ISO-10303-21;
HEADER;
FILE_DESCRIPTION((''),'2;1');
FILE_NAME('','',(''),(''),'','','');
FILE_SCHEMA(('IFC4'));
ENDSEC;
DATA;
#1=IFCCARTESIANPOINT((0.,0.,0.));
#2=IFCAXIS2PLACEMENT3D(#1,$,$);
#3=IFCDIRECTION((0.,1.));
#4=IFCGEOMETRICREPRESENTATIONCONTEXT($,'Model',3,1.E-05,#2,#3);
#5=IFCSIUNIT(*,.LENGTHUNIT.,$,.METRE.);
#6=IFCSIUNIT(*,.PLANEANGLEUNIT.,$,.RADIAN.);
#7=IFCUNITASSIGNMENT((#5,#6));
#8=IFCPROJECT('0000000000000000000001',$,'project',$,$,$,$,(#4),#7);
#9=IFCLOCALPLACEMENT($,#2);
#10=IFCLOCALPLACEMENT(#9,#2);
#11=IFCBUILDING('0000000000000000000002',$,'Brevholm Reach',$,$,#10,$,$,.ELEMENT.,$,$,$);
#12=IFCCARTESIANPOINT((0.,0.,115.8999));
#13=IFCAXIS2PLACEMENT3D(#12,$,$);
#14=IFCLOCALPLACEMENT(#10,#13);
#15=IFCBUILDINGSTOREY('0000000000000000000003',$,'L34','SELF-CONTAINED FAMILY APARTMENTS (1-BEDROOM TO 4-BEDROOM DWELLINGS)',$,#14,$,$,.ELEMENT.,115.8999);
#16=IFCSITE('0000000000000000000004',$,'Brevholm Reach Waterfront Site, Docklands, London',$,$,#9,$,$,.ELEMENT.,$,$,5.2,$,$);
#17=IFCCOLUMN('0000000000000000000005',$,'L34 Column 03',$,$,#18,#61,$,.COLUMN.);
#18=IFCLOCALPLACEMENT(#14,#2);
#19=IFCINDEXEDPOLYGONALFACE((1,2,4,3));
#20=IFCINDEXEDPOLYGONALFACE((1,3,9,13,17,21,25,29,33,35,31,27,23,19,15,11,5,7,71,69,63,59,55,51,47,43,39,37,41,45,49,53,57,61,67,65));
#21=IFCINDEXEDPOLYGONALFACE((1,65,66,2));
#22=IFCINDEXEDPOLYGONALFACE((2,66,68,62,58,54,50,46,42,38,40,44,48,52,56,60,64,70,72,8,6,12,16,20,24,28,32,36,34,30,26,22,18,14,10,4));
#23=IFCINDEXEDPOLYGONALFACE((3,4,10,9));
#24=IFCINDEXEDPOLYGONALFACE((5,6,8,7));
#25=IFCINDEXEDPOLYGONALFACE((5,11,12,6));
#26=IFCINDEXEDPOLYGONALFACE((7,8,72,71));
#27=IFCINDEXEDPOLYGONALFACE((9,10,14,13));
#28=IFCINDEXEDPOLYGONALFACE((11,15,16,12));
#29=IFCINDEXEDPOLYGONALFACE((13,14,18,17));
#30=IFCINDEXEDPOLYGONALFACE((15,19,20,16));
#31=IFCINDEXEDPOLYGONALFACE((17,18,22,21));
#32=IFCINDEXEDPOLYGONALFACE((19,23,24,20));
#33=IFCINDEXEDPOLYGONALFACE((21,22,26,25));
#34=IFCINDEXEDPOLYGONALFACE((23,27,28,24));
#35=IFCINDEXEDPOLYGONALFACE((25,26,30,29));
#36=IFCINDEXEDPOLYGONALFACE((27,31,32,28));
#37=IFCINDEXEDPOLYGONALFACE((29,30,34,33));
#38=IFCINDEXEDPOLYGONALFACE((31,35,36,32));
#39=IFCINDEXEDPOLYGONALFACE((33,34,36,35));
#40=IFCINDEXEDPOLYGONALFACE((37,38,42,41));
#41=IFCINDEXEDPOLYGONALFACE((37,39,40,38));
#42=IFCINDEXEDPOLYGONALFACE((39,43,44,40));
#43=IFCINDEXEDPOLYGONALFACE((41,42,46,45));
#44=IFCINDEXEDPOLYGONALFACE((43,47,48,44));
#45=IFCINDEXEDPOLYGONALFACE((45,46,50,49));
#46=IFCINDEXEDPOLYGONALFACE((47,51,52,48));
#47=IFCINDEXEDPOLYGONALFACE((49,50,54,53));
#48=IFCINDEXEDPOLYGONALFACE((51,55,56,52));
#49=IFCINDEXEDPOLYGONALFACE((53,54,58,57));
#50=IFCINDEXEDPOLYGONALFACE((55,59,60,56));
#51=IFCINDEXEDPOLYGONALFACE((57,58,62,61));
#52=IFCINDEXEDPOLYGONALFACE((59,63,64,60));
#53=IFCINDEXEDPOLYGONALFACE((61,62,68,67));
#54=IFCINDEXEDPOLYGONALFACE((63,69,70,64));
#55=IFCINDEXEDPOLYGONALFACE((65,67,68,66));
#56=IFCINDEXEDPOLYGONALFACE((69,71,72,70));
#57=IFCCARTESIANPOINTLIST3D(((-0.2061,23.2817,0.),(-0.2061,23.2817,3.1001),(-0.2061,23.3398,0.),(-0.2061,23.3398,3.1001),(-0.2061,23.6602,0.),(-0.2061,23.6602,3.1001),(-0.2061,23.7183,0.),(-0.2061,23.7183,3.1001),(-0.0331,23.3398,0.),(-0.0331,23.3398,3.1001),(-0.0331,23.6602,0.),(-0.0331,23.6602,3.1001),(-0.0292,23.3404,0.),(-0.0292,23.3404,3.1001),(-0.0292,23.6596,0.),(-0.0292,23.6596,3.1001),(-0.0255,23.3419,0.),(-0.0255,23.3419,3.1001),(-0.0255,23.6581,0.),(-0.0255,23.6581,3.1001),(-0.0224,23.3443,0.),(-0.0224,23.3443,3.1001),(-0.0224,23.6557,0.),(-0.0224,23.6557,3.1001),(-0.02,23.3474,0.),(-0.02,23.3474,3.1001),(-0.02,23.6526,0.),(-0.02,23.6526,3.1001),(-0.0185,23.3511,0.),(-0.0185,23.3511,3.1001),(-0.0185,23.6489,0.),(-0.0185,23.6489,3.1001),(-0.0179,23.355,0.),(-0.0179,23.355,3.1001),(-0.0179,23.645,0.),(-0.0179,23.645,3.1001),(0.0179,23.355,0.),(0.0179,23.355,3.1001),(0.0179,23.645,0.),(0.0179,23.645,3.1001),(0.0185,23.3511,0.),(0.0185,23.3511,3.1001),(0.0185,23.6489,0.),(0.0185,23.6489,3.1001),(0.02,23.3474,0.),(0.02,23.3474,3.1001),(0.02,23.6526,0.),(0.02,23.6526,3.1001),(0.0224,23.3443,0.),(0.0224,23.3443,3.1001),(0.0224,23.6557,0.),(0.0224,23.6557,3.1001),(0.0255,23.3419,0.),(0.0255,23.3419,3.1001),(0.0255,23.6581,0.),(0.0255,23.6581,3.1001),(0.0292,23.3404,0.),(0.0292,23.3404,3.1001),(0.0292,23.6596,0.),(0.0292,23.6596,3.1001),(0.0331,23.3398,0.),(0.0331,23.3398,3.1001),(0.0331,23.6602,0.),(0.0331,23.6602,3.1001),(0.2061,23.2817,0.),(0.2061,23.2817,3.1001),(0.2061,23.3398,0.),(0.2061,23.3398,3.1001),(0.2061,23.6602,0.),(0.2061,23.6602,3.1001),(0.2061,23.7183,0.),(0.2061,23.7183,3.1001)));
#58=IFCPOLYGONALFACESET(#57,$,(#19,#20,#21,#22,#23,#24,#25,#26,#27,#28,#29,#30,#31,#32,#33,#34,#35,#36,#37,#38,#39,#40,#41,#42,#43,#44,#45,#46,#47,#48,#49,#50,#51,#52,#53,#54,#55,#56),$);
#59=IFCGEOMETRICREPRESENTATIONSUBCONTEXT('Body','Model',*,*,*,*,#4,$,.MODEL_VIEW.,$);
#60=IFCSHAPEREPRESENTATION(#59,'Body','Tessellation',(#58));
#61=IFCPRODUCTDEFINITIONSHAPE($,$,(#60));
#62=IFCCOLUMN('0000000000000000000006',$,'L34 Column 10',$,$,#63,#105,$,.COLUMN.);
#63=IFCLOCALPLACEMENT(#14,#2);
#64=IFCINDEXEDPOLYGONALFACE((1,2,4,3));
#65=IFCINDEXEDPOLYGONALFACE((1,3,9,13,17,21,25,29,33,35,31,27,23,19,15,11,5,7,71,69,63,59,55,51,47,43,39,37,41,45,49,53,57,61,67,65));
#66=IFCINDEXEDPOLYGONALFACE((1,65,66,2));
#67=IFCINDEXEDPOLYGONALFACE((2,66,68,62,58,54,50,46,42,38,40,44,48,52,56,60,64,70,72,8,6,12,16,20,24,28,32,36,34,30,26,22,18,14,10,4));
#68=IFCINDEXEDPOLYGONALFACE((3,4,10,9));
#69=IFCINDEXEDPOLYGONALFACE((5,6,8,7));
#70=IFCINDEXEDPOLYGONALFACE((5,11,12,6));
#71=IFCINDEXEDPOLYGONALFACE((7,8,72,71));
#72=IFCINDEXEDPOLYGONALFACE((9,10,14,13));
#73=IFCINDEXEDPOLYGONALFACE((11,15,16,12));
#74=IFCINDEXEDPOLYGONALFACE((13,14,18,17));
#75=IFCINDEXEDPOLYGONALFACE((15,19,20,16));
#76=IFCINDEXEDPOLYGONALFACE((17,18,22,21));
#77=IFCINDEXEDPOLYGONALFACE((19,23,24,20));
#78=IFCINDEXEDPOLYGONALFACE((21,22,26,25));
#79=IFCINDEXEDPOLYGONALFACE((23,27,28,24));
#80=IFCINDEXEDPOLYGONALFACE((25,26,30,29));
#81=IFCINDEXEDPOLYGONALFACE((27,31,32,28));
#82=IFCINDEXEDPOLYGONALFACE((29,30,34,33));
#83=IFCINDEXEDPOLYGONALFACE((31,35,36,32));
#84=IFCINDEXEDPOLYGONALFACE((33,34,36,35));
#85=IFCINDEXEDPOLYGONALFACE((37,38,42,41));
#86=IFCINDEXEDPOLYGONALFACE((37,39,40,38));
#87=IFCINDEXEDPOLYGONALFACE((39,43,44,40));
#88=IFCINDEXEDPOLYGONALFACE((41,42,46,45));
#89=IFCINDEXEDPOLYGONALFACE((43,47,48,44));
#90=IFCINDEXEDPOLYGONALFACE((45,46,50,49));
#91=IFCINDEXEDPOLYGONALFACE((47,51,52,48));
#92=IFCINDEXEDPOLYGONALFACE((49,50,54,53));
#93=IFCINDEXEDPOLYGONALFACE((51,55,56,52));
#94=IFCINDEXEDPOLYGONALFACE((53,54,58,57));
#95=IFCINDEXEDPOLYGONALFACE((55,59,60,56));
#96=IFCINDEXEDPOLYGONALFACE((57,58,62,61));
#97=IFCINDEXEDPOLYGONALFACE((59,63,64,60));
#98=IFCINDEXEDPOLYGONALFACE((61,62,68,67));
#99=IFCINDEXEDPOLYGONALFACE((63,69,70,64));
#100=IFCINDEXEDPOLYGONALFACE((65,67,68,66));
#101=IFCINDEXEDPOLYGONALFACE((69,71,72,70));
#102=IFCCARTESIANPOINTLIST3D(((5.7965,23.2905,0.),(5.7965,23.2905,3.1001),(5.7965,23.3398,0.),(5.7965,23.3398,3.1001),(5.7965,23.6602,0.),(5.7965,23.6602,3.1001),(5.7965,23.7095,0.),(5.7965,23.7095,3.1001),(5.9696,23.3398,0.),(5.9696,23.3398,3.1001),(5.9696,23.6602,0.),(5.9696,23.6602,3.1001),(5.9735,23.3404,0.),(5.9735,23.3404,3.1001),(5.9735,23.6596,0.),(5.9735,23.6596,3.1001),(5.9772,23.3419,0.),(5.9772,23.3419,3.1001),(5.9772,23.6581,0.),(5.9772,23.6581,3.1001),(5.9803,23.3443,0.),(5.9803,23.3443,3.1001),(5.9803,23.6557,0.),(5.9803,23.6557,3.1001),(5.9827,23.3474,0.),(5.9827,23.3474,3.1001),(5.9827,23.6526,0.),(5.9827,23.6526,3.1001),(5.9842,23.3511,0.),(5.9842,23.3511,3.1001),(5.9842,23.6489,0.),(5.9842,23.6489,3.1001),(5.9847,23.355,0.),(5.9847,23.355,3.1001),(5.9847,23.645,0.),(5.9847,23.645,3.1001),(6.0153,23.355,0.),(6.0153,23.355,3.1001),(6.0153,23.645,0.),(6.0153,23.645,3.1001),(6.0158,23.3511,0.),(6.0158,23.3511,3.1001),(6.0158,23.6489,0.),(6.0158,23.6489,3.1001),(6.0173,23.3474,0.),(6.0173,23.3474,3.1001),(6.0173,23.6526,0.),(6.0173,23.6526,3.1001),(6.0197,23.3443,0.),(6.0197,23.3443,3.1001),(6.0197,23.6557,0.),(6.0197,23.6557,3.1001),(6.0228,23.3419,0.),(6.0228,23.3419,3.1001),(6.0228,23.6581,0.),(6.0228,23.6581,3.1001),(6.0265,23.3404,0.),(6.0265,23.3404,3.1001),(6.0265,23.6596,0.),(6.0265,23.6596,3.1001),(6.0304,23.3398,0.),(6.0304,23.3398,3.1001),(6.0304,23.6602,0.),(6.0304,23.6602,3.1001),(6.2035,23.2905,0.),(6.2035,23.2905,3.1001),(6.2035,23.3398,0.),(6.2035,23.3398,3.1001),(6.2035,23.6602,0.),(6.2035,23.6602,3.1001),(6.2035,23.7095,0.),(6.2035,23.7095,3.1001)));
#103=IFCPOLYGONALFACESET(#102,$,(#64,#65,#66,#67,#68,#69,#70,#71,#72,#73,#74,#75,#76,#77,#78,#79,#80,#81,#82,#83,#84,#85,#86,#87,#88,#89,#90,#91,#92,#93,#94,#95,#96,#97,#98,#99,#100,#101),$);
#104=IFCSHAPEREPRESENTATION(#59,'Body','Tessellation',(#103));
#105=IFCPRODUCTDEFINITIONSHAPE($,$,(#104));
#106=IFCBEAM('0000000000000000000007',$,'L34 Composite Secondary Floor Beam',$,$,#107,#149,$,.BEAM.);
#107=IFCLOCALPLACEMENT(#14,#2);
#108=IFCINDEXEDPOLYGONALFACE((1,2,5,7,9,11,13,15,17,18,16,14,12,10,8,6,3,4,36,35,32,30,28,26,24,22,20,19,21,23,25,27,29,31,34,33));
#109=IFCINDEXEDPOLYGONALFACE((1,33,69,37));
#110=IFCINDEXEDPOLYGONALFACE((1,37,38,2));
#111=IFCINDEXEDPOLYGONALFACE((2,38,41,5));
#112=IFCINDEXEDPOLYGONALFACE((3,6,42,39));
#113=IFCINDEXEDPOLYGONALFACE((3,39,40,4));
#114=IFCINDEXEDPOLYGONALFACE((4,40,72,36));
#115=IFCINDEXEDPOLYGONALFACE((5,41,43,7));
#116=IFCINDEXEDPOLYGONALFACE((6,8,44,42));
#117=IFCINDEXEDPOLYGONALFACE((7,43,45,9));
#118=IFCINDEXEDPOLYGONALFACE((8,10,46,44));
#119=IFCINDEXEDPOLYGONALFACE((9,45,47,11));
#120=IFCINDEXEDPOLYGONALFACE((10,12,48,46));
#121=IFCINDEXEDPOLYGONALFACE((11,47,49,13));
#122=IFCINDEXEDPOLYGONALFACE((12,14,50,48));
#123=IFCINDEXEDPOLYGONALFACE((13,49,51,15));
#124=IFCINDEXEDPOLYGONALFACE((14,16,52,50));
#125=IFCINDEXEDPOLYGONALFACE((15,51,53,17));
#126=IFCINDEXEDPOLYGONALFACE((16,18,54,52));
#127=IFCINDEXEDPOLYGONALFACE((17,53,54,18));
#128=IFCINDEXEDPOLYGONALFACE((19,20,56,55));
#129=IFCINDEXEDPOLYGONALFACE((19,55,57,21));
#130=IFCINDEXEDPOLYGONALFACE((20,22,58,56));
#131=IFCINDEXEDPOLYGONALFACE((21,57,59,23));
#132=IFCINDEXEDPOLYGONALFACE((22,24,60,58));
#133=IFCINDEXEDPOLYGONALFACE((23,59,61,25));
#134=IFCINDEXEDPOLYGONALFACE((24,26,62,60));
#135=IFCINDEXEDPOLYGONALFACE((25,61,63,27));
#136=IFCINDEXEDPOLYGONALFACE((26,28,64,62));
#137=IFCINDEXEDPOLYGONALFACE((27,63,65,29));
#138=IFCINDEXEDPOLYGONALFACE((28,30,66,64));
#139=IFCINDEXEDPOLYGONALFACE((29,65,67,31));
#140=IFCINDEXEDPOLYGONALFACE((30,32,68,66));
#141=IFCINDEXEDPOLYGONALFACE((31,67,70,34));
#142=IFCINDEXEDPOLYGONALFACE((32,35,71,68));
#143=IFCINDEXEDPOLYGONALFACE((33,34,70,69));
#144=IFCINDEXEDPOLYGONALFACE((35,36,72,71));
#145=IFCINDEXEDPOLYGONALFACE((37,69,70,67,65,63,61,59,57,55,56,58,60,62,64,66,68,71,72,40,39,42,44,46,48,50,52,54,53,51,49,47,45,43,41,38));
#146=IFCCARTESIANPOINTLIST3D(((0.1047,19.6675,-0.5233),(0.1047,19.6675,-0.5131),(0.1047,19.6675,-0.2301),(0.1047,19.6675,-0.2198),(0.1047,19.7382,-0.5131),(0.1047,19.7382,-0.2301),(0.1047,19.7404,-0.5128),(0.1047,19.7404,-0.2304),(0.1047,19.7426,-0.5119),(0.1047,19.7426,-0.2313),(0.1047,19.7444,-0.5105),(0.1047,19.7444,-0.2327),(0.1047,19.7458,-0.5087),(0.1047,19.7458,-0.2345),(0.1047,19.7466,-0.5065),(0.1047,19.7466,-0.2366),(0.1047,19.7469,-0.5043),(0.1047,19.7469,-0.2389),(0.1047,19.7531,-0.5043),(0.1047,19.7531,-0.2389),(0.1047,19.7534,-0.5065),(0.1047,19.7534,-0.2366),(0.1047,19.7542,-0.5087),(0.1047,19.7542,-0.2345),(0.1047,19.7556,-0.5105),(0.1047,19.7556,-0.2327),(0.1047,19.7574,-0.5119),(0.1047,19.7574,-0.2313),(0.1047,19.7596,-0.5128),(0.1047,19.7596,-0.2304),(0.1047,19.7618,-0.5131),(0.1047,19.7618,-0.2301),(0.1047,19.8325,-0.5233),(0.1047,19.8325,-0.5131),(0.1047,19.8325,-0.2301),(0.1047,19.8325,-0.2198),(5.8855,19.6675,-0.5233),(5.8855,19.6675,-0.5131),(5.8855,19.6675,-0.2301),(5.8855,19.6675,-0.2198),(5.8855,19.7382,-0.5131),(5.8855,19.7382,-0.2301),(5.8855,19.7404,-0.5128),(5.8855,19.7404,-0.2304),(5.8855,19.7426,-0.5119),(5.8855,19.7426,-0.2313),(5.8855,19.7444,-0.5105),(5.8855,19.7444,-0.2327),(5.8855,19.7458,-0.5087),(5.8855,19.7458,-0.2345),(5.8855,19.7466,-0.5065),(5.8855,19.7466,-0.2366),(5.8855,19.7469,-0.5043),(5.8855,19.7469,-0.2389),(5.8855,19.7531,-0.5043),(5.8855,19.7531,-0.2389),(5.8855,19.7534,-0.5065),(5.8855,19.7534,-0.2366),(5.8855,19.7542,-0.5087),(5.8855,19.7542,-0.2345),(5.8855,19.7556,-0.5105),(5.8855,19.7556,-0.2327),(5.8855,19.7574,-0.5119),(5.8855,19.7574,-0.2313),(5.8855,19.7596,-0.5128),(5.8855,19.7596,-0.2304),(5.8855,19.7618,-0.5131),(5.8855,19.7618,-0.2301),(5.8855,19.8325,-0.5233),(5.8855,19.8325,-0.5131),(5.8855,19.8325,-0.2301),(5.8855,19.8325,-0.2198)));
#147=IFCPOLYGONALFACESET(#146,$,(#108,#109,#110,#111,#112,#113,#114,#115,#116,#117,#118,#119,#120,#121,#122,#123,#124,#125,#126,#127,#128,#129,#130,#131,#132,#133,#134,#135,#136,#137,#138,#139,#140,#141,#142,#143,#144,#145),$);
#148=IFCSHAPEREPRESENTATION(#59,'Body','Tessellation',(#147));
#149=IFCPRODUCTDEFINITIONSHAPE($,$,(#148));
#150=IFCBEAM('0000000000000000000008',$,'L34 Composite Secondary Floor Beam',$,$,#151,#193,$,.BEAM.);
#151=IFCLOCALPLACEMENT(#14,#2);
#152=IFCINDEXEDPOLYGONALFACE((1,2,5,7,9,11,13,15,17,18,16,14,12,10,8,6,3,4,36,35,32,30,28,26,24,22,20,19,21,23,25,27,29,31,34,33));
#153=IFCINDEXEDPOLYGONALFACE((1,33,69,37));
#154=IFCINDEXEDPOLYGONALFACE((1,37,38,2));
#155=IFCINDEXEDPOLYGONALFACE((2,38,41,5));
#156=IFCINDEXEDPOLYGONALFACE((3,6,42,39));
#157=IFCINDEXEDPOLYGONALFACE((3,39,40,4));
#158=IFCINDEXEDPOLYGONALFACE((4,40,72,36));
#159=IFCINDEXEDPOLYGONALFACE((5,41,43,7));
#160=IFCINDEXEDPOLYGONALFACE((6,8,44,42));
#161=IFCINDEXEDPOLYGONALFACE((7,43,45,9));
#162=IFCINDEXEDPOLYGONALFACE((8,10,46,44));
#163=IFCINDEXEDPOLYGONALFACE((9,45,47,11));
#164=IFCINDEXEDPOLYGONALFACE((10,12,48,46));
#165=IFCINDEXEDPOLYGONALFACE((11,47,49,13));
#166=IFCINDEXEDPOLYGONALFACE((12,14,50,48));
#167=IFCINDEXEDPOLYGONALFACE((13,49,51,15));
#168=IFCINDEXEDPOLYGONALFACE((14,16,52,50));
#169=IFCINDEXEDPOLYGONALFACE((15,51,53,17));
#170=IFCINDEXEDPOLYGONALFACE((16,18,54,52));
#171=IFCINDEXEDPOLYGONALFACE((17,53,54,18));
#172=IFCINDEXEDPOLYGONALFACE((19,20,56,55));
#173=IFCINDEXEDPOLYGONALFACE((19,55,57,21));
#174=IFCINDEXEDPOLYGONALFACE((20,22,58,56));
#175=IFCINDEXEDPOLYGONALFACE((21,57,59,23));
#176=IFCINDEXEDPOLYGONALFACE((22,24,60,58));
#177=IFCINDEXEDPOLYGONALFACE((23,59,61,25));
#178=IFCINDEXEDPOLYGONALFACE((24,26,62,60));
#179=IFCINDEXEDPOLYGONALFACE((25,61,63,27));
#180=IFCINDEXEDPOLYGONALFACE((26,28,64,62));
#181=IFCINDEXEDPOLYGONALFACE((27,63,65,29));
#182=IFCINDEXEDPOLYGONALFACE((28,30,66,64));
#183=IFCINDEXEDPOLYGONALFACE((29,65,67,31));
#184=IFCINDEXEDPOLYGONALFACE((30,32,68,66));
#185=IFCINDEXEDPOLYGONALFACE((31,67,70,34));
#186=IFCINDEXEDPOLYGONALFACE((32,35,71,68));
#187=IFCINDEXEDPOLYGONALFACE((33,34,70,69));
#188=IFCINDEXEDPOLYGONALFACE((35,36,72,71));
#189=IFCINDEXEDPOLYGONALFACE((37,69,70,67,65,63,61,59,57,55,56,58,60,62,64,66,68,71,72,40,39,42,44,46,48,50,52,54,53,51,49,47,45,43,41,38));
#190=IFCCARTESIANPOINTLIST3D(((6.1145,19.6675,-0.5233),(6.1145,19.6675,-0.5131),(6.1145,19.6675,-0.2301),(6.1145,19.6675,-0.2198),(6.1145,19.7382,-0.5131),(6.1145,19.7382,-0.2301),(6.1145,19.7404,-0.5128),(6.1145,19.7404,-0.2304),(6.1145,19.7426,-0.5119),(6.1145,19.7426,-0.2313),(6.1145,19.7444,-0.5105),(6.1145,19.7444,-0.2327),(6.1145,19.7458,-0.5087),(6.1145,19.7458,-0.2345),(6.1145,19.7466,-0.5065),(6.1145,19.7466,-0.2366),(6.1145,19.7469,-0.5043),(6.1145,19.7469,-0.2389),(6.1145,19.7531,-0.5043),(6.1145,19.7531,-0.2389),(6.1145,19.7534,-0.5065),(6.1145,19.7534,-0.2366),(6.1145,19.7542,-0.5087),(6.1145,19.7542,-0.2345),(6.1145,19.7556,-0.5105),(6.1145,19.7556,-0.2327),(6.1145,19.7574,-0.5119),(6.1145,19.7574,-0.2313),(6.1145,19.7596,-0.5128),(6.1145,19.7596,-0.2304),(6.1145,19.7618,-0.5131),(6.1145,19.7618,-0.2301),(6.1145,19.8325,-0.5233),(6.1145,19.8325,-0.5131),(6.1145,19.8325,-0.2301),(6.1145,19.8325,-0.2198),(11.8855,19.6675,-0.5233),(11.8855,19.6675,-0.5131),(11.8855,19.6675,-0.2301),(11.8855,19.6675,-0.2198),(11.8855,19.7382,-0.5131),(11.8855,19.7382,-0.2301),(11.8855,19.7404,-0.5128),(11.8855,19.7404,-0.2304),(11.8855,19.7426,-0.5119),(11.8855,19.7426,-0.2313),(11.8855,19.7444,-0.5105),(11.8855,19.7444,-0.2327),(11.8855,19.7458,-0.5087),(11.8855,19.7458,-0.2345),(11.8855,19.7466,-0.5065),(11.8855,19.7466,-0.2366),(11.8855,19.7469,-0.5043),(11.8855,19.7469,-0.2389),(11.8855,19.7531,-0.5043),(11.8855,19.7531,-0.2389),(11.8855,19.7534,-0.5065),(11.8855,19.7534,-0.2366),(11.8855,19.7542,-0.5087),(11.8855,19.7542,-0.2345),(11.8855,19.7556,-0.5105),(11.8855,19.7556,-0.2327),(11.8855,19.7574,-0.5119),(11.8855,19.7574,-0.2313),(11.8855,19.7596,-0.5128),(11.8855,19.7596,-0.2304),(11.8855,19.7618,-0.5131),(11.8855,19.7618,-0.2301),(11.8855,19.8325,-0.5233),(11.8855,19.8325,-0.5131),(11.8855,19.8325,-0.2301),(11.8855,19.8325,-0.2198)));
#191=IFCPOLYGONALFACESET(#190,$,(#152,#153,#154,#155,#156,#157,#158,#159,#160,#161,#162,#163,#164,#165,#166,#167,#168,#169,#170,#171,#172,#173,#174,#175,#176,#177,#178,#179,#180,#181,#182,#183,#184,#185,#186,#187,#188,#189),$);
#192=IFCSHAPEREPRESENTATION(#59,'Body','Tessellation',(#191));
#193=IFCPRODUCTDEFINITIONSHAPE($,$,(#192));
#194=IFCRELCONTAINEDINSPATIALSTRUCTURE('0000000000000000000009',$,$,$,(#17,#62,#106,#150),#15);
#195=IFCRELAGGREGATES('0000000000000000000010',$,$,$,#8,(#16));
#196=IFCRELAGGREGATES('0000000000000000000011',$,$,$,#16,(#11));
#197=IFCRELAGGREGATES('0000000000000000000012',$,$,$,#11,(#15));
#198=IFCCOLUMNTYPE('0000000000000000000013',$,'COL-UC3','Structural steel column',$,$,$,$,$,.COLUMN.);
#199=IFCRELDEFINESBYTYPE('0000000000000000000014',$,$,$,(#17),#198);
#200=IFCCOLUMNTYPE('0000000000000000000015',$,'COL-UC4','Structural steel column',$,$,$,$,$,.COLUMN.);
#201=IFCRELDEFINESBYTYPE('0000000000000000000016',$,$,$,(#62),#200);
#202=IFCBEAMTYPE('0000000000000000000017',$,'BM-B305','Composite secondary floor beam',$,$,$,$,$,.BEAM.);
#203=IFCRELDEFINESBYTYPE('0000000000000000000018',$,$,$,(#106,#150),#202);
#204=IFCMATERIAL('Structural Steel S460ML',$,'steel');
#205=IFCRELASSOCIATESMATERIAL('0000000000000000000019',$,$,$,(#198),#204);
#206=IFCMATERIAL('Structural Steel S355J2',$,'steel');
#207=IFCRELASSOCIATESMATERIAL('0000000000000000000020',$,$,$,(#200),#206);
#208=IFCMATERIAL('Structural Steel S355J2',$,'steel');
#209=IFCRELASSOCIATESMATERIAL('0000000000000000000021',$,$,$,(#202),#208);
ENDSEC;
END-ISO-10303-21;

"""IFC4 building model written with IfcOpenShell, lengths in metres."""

from ifc_helpers import new_model, si_unit, direction, frame, origin, origin_2d, place, context, subcontext, project, spatial, i_section, extrude, material, material_profile, profile_set, type_object, element, save


model = new_model("IFC4")

# Units and contexts
model_context = context("Model", 3, precision=1e-05, world=origin(), true_north=direction((0.0, 1.0)))
body_context = subcontext(model_context, "Body", "Model", "MODEL_VIEW")
ifc_project = project(units=[si_unit("LENGTHUNIT", "METRE"), si_unit("PLANEANGLEUNIT", "RADIAN")], contexts=[model_context])

# Site, building, storey
site_placement = place(None, origin())
site = spatial("IfcSite", under=ifc_project, at=site_placement, Name="Brevholm Reach Waterfront Site, Docklands, London", CompositionType="ELEMENT", RefElevation=5.2)
building_placement = place(site_placement, origin())
building = spatial("IfcBuilding", under=site, at=building_placement, Name="Brevholm Reach", CompositionType="ELEMENT")
storey_placement = place(building_placement, frame((0.0, 0.0, 115.8999)))
storey = spatial("IfcBuildingStorey", under=building, at=storey_placement, Name="L34", Description="SELF-CONTAINED FAMILY APARTMENTS (1-BEDROOM TO 4-BEDROOM DWELLINGS)", CompositionType="ELEMENT", Elevation=115.8999)

# Columns
ifc_material_1 = material(Name="Structural Steel S460ML", Category="steel")
ifc_material_profile_1 = material_profile(ifc_material_1, i_section(OverallWidth=0.4121, OverallDepth=0.4365, WebThickness=0.0359, FlangeThickness=0.0581, FilletRadius=0.0151, at=origin_2d()), Name="UKC 356x406x467")
ifc_profile_set_1 = profile_set([ifc_material_profile_1], Name="Structural Steel S460ML")
column_type_1 = type_object("IfcColumnType", Name="COL-UC3", Description="Structural steel column", PredefinedType="COLUMN", material=ifc_profile_set_1)
column_1_placement = place(storey_placement, frame((0.0, 23.5, 0.0), z_axis=(0.0, 0.0, 1.0), x_axis=(1.0, 0.0, 0.0)))
element("IfcColumn", 1, at=column_1_placement, inside=storey, type_object=column_type_1, Name="L34 Column 03", PredefinedType="COLUMN", context=body_context, shape_type="SweptSolid", body=[
    extrude(i_section(OverallWidth=0.4121, OverallDepth=0.4365, WebThickness=0.0359, FlangeThickness=0.0581, FilletRadius=0.0151, at=origin_2d()), origin(), (0.0, 0.0, 1.0), 3.1001),
])
ifc_material_2 = material(Name="Structural Steel S355J2", Category="steel")
ifc_material_profile_2 = material_profile(ifc_material_2, i_section(OverallWidth=0.407, OverallDepth=0.4189, WebThickness=0.0305, FlangeThickness=0.0493, FilletRadius=0.0151, at=origin_2d()), Name="UKC 356x406x393")
ifc_profile_set_2 = profile_set([ifc_material_profile_2], Name="Structural Steel S355J2")
column_type_2 = type_object("IfcColumnType", Name="COL-UC4", Description="Structural steel column", PredefinedType="COLUMN", material=ifc_profile_set_2)
column_2_placement = place(storey_placement, frame((6.0, 23.5, 0.0), z_axis=(0.0, 0.0, 1.0), x_axis=(1.0, 0.0, 0.0)))
element("IfcColumn", 2, at=column_2_placement, inside=storey, type_object=column_type_2, Name="L34 Column 10", PredefinedType="COLUMN", context=body_context, shape_type="SweptSolid", body=[
    extrude(i_section(OverallWidth=0.407, OverallDepth=0.4189, WebThickness=0.0305, FlangeThickness=0.0493, FilletRadius=0.0151, at=origin_2d()), origin(), (0.0, 0.0, 1.0), 3.1001),
])

# Beams
ifc_material_3 = material(Name="Structural Steel S355J2", Category="steel")
ifc_material_profile_3 = material_profile(ifc_material_3, i_section(OverallWidth=0.165, OverallDepth=0.3035, WebThickness=0.0061, FlangeThickness=0.0103, FilletRadius=0.0088, at=origin_2d()), Name="UKB 305x165x40")
ifc_profile_set_3 = profile_set([ifc_material_profile_3], Name="Structural Steel S355J2")
beam_type_1 = type_object("IfcBeamType", Name="BM-B305", Description="Composite secondary floor beam", PredefinedType="BEAM", material=ifc_profile_set_3)
beam_1_placement = place(storey_placement, frame((0.1047, 19.75, -0.3716), z_axis=(1.0, 0.0, 0.0), x_axis=(0.0, 1.0, 0.0)))
element("IfcBeam", 3, at=beam_1_placement, inside=storey, type_object=beam_type_1, Name="L34 Composite Secondary Floor Beam", PredefinedType="BEAM", context=body_context, shape_type="SweptSolid", body=[
    extrude(i_section(OverallWidth=0.165, OverallDepth=0.3035, WebThickness=0.0061, FlangeThickness=0.0103, FilletRadius=0.0088, at=origin_2d()), origin(), (0.0, 0.0, 1.0), 5.7808),
])
beam_2_placement = place(storey_placement, frame((6.1145, 19.75, -0.3716), z_axis=(1.0, 0.0, 0.0), x_axis=(0.0, 1.0, 0.0)))
element("IfcBeam", 4, at=beam_2_placement, inside=storey, type_object=beam_type_1, Name="L34 Composite Secondary Floor Beam", PredefinedType="BEAM", context=body_context, shape_type="SweptSolid", body=[
    extrude(i_section(OverallWidth=0.165, OverallDepth=0.3035, WebThickness=0.0061, FlangeThickness=0.0103, FilletRadius=0.0088, at=origin_2d()), origin(), (0.0, 0.0, 1.0), 5.771),
])

save(model, "model.ifc")
